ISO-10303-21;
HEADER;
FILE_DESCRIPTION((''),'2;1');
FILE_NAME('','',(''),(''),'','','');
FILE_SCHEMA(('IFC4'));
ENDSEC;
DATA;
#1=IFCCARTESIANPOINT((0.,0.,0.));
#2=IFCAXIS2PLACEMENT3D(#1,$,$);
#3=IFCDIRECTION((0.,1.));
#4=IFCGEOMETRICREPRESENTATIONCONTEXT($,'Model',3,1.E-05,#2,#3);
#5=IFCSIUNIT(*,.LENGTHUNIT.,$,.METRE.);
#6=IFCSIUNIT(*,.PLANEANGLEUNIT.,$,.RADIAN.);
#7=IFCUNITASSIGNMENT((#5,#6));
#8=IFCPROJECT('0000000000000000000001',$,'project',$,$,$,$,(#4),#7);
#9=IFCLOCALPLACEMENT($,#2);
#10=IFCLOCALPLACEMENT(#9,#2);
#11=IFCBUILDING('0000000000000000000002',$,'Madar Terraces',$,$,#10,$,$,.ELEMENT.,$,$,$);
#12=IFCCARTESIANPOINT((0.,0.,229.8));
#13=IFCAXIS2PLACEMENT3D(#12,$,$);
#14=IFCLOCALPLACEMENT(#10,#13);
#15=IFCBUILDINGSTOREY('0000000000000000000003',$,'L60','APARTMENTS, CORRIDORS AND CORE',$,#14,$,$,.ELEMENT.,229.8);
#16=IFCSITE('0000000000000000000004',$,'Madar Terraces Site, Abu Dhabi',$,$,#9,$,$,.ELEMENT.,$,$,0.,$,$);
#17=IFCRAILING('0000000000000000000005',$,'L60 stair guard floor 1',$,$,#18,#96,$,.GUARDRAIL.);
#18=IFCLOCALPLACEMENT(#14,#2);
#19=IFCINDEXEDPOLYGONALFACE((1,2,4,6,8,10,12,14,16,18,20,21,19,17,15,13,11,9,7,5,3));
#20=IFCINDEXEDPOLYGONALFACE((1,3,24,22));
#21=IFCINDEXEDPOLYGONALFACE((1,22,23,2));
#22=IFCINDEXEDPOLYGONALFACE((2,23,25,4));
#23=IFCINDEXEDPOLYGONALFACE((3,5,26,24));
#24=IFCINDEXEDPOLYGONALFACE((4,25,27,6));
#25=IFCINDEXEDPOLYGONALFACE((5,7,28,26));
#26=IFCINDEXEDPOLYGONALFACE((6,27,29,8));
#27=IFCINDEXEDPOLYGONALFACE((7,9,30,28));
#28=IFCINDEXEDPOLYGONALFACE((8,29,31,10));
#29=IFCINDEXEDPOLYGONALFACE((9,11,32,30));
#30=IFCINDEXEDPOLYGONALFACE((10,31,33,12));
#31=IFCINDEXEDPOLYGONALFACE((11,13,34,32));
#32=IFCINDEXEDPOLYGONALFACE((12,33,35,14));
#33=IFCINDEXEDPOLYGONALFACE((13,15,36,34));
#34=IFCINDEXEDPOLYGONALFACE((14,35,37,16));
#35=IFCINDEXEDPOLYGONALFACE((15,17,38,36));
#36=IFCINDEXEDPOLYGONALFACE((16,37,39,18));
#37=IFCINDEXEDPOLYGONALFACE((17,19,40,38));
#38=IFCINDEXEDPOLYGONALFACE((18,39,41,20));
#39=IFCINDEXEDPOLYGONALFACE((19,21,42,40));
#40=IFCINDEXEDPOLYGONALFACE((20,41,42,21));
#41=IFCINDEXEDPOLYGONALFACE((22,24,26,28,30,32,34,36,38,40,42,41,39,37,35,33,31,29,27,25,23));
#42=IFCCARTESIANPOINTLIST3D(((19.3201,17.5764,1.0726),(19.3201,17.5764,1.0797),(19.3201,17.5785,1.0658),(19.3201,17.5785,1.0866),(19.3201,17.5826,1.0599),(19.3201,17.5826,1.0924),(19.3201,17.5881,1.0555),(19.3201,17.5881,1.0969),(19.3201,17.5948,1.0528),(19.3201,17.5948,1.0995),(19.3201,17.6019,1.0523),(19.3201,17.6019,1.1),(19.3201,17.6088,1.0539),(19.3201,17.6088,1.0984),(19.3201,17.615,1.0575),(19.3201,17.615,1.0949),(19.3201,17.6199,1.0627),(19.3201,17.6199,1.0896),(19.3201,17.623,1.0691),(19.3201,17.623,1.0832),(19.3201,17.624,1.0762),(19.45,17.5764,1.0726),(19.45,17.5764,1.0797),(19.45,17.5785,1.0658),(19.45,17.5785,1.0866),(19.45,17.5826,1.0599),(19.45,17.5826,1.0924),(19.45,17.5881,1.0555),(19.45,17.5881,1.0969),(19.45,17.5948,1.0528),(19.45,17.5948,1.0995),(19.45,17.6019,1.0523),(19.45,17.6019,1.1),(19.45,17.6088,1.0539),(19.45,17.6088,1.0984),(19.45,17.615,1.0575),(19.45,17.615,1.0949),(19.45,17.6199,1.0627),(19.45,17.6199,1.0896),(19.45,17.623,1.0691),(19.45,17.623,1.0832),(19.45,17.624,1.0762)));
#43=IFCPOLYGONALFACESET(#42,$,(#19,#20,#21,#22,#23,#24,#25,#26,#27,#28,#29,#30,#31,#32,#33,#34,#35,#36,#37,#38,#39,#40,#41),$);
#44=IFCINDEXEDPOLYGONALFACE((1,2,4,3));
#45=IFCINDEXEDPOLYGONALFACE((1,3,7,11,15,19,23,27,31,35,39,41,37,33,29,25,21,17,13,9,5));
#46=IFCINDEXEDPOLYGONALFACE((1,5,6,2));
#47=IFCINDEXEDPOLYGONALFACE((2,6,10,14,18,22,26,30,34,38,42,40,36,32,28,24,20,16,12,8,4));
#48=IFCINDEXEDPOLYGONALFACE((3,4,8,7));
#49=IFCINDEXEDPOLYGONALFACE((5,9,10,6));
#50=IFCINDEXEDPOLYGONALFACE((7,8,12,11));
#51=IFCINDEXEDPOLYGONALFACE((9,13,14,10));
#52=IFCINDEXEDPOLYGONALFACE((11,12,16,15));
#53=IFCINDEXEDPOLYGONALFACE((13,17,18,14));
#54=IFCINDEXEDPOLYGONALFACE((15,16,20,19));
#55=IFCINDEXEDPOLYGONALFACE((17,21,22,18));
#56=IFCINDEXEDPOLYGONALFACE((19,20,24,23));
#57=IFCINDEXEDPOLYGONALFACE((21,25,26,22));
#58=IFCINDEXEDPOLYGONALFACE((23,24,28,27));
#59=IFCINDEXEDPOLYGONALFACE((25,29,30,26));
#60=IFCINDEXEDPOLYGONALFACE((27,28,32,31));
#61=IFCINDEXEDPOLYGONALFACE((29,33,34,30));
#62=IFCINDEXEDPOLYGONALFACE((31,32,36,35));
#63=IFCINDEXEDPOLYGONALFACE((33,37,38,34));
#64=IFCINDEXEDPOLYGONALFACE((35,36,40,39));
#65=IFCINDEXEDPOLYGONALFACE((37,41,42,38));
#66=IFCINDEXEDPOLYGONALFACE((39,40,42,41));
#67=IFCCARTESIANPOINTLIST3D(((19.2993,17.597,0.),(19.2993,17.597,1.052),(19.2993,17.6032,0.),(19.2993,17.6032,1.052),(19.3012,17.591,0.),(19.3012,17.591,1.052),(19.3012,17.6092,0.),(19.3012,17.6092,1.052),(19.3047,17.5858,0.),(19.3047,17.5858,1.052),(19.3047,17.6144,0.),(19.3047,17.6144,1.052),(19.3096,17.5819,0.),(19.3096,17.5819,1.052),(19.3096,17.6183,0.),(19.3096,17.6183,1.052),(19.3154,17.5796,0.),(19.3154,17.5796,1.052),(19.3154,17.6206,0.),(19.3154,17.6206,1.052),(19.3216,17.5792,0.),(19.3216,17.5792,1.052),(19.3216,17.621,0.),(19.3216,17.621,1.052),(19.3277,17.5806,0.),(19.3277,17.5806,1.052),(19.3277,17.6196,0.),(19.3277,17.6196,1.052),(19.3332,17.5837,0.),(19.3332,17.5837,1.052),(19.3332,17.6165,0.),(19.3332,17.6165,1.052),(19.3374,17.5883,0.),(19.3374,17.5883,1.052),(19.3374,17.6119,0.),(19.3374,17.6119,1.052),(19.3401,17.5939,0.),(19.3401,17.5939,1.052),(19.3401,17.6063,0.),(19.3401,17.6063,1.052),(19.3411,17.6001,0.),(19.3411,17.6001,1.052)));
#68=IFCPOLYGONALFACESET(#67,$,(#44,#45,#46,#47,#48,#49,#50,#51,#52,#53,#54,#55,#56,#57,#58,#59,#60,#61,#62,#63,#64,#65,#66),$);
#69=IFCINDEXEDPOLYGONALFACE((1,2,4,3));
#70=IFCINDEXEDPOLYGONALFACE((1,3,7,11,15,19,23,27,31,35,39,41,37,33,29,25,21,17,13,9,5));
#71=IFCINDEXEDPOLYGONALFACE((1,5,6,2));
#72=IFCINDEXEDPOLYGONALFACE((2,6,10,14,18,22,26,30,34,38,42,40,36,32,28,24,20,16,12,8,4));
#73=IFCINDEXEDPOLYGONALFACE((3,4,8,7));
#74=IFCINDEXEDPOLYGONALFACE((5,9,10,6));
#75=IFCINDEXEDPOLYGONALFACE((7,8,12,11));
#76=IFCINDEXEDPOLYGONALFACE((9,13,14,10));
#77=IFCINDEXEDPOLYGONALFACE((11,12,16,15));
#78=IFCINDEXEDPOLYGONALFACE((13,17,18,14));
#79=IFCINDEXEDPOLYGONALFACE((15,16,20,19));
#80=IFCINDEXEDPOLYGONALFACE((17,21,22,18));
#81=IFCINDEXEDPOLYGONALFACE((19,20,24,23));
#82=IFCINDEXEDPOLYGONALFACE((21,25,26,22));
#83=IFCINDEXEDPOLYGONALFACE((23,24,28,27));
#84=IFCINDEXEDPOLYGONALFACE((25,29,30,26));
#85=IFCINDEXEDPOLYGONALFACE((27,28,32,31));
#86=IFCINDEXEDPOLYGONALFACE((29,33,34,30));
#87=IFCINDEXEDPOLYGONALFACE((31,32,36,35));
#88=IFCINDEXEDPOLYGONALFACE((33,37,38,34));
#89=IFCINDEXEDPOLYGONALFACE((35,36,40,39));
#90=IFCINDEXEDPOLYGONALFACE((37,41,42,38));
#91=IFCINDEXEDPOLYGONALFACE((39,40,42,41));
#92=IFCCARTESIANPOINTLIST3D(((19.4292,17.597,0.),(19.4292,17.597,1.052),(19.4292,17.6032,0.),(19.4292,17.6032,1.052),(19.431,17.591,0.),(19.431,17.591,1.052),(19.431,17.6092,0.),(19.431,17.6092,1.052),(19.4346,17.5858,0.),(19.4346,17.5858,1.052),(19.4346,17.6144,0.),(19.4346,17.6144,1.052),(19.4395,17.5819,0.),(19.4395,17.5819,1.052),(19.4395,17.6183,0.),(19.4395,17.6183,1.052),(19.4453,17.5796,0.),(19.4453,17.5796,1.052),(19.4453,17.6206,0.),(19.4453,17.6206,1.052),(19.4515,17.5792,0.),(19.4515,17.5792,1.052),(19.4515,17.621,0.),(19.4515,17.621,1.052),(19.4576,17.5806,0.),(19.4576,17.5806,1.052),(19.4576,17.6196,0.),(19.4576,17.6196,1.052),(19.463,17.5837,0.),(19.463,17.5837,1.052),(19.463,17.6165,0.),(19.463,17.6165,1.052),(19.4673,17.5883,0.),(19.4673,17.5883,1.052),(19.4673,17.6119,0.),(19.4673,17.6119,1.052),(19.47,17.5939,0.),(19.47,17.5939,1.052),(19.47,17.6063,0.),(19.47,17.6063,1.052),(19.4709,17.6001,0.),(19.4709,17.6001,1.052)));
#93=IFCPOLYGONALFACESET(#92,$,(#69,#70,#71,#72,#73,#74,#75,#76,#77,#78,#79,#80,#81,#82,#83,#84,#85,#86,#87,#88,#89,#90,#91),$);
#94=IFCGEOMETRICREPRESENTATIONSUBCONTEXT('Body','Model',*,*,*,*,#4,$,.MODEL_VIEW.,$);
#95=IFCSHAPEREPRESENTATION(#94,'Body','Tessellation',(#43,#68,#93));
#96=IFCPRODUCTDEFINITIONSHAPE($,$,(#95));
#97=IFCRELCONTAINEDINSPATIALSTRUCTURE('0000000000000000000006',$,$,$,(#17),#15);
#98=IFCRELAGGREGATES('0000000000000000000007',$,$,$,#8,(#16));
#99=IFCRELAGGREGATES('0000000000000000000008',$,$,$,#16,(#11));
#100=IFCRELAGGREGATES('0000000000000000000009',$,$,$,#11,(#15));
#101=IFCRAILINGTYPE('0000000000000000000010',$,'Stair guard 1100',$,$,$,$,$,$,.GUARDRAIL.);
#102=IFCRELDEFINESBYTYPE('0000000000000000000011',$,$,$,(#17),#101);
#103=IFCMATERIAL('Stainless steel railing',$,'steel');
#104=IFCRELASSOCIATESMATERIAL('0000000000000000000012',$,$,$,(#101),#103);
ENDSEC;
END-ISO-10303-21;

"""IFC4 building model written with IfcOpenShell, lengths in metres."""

from ifc_helpers import new_model, si_unit, direction, frame, origin, origin_2d, place, context, subcontext, project, spatial, circle, extrude, material, type_object, element, save


model = new_model("IFC4")

# Units and contexts
model_context = context("Model", 3, precision=1e-05, world=origin(), true_north=direction((0.0, 1.0)))
body_context = subcontext(model_context, "Body", "Model", "MODEL_VIEW")
ifc_project = project(units=[si_unit("LENGTHUNIT", "METRE"), si_unit("PLANEANGLEUNIT", "RADIAN")], contexts=[model_context])

# Site, building, storey
site_placement = place(None, origin())
site = spatial("IfcSite", under=ifc_project, at=site_placement, Name="Madar Terraces Site, Abu Dhabi", CompositionType="ELEMENT", RefElevation=0.0)
building_placement = place(site_placement, origin())
building = spatial("IfcBuilding", under=site, at=building_placement, Name="Madar Terraces", CompositionType="ELEMENT")
storey_placement = place(building_placement, frame((0.0, 0.0, 229.8)))
storey = spatial("IfcBuildingStorey", under=building, at=storey_placement, Name="L60", Description="APARTMENTS, CORRIDORS AND CORE", CompositionType="ELEMENT", Elevation=229.8)

# Railing
ifc_material_1 = material(Name="Stainless steel railing", Category="steel")
railing_type_1 = type_object("IfcRailingType", Name="Stair guard 1100", PredefinedType="GUARDRAIL", material=ifc_material_1)
for number, where, name in (
    (1, (19.3201, 17.6001, 0.0), "L60 stair guard floor 1"),
):
    element("IfcRailing", number, at=place(storey_placement, frame(where)), inside=storey, type_object=railing_type_1, Name=name, PredefinedType="GUARDRAIL", context=body_context, shape_type="SweptSolid", body=[
        extrude(circle(Radius=0.0239, at=origin_2d()), frame((0.0, 0.0, 1.0762), z_axis=(1.0, 0.0, 0.0), x_axis=(0.0, 1.0, 0.0)), (0.0, 0.0, 1.0), 0.1299),
        extrude(circle(Radius=0.021, at=origin_2d()), origin(), (0.0, 0.0, 1.0), 1.052),
        extrude(circle(Radius=0.021, at=origin_2d()), frame((0.1299, 0.0, 0.0)), (0.0, 0.0, 1.0), 1.052),
    ])

save(model, "model.ifc")
